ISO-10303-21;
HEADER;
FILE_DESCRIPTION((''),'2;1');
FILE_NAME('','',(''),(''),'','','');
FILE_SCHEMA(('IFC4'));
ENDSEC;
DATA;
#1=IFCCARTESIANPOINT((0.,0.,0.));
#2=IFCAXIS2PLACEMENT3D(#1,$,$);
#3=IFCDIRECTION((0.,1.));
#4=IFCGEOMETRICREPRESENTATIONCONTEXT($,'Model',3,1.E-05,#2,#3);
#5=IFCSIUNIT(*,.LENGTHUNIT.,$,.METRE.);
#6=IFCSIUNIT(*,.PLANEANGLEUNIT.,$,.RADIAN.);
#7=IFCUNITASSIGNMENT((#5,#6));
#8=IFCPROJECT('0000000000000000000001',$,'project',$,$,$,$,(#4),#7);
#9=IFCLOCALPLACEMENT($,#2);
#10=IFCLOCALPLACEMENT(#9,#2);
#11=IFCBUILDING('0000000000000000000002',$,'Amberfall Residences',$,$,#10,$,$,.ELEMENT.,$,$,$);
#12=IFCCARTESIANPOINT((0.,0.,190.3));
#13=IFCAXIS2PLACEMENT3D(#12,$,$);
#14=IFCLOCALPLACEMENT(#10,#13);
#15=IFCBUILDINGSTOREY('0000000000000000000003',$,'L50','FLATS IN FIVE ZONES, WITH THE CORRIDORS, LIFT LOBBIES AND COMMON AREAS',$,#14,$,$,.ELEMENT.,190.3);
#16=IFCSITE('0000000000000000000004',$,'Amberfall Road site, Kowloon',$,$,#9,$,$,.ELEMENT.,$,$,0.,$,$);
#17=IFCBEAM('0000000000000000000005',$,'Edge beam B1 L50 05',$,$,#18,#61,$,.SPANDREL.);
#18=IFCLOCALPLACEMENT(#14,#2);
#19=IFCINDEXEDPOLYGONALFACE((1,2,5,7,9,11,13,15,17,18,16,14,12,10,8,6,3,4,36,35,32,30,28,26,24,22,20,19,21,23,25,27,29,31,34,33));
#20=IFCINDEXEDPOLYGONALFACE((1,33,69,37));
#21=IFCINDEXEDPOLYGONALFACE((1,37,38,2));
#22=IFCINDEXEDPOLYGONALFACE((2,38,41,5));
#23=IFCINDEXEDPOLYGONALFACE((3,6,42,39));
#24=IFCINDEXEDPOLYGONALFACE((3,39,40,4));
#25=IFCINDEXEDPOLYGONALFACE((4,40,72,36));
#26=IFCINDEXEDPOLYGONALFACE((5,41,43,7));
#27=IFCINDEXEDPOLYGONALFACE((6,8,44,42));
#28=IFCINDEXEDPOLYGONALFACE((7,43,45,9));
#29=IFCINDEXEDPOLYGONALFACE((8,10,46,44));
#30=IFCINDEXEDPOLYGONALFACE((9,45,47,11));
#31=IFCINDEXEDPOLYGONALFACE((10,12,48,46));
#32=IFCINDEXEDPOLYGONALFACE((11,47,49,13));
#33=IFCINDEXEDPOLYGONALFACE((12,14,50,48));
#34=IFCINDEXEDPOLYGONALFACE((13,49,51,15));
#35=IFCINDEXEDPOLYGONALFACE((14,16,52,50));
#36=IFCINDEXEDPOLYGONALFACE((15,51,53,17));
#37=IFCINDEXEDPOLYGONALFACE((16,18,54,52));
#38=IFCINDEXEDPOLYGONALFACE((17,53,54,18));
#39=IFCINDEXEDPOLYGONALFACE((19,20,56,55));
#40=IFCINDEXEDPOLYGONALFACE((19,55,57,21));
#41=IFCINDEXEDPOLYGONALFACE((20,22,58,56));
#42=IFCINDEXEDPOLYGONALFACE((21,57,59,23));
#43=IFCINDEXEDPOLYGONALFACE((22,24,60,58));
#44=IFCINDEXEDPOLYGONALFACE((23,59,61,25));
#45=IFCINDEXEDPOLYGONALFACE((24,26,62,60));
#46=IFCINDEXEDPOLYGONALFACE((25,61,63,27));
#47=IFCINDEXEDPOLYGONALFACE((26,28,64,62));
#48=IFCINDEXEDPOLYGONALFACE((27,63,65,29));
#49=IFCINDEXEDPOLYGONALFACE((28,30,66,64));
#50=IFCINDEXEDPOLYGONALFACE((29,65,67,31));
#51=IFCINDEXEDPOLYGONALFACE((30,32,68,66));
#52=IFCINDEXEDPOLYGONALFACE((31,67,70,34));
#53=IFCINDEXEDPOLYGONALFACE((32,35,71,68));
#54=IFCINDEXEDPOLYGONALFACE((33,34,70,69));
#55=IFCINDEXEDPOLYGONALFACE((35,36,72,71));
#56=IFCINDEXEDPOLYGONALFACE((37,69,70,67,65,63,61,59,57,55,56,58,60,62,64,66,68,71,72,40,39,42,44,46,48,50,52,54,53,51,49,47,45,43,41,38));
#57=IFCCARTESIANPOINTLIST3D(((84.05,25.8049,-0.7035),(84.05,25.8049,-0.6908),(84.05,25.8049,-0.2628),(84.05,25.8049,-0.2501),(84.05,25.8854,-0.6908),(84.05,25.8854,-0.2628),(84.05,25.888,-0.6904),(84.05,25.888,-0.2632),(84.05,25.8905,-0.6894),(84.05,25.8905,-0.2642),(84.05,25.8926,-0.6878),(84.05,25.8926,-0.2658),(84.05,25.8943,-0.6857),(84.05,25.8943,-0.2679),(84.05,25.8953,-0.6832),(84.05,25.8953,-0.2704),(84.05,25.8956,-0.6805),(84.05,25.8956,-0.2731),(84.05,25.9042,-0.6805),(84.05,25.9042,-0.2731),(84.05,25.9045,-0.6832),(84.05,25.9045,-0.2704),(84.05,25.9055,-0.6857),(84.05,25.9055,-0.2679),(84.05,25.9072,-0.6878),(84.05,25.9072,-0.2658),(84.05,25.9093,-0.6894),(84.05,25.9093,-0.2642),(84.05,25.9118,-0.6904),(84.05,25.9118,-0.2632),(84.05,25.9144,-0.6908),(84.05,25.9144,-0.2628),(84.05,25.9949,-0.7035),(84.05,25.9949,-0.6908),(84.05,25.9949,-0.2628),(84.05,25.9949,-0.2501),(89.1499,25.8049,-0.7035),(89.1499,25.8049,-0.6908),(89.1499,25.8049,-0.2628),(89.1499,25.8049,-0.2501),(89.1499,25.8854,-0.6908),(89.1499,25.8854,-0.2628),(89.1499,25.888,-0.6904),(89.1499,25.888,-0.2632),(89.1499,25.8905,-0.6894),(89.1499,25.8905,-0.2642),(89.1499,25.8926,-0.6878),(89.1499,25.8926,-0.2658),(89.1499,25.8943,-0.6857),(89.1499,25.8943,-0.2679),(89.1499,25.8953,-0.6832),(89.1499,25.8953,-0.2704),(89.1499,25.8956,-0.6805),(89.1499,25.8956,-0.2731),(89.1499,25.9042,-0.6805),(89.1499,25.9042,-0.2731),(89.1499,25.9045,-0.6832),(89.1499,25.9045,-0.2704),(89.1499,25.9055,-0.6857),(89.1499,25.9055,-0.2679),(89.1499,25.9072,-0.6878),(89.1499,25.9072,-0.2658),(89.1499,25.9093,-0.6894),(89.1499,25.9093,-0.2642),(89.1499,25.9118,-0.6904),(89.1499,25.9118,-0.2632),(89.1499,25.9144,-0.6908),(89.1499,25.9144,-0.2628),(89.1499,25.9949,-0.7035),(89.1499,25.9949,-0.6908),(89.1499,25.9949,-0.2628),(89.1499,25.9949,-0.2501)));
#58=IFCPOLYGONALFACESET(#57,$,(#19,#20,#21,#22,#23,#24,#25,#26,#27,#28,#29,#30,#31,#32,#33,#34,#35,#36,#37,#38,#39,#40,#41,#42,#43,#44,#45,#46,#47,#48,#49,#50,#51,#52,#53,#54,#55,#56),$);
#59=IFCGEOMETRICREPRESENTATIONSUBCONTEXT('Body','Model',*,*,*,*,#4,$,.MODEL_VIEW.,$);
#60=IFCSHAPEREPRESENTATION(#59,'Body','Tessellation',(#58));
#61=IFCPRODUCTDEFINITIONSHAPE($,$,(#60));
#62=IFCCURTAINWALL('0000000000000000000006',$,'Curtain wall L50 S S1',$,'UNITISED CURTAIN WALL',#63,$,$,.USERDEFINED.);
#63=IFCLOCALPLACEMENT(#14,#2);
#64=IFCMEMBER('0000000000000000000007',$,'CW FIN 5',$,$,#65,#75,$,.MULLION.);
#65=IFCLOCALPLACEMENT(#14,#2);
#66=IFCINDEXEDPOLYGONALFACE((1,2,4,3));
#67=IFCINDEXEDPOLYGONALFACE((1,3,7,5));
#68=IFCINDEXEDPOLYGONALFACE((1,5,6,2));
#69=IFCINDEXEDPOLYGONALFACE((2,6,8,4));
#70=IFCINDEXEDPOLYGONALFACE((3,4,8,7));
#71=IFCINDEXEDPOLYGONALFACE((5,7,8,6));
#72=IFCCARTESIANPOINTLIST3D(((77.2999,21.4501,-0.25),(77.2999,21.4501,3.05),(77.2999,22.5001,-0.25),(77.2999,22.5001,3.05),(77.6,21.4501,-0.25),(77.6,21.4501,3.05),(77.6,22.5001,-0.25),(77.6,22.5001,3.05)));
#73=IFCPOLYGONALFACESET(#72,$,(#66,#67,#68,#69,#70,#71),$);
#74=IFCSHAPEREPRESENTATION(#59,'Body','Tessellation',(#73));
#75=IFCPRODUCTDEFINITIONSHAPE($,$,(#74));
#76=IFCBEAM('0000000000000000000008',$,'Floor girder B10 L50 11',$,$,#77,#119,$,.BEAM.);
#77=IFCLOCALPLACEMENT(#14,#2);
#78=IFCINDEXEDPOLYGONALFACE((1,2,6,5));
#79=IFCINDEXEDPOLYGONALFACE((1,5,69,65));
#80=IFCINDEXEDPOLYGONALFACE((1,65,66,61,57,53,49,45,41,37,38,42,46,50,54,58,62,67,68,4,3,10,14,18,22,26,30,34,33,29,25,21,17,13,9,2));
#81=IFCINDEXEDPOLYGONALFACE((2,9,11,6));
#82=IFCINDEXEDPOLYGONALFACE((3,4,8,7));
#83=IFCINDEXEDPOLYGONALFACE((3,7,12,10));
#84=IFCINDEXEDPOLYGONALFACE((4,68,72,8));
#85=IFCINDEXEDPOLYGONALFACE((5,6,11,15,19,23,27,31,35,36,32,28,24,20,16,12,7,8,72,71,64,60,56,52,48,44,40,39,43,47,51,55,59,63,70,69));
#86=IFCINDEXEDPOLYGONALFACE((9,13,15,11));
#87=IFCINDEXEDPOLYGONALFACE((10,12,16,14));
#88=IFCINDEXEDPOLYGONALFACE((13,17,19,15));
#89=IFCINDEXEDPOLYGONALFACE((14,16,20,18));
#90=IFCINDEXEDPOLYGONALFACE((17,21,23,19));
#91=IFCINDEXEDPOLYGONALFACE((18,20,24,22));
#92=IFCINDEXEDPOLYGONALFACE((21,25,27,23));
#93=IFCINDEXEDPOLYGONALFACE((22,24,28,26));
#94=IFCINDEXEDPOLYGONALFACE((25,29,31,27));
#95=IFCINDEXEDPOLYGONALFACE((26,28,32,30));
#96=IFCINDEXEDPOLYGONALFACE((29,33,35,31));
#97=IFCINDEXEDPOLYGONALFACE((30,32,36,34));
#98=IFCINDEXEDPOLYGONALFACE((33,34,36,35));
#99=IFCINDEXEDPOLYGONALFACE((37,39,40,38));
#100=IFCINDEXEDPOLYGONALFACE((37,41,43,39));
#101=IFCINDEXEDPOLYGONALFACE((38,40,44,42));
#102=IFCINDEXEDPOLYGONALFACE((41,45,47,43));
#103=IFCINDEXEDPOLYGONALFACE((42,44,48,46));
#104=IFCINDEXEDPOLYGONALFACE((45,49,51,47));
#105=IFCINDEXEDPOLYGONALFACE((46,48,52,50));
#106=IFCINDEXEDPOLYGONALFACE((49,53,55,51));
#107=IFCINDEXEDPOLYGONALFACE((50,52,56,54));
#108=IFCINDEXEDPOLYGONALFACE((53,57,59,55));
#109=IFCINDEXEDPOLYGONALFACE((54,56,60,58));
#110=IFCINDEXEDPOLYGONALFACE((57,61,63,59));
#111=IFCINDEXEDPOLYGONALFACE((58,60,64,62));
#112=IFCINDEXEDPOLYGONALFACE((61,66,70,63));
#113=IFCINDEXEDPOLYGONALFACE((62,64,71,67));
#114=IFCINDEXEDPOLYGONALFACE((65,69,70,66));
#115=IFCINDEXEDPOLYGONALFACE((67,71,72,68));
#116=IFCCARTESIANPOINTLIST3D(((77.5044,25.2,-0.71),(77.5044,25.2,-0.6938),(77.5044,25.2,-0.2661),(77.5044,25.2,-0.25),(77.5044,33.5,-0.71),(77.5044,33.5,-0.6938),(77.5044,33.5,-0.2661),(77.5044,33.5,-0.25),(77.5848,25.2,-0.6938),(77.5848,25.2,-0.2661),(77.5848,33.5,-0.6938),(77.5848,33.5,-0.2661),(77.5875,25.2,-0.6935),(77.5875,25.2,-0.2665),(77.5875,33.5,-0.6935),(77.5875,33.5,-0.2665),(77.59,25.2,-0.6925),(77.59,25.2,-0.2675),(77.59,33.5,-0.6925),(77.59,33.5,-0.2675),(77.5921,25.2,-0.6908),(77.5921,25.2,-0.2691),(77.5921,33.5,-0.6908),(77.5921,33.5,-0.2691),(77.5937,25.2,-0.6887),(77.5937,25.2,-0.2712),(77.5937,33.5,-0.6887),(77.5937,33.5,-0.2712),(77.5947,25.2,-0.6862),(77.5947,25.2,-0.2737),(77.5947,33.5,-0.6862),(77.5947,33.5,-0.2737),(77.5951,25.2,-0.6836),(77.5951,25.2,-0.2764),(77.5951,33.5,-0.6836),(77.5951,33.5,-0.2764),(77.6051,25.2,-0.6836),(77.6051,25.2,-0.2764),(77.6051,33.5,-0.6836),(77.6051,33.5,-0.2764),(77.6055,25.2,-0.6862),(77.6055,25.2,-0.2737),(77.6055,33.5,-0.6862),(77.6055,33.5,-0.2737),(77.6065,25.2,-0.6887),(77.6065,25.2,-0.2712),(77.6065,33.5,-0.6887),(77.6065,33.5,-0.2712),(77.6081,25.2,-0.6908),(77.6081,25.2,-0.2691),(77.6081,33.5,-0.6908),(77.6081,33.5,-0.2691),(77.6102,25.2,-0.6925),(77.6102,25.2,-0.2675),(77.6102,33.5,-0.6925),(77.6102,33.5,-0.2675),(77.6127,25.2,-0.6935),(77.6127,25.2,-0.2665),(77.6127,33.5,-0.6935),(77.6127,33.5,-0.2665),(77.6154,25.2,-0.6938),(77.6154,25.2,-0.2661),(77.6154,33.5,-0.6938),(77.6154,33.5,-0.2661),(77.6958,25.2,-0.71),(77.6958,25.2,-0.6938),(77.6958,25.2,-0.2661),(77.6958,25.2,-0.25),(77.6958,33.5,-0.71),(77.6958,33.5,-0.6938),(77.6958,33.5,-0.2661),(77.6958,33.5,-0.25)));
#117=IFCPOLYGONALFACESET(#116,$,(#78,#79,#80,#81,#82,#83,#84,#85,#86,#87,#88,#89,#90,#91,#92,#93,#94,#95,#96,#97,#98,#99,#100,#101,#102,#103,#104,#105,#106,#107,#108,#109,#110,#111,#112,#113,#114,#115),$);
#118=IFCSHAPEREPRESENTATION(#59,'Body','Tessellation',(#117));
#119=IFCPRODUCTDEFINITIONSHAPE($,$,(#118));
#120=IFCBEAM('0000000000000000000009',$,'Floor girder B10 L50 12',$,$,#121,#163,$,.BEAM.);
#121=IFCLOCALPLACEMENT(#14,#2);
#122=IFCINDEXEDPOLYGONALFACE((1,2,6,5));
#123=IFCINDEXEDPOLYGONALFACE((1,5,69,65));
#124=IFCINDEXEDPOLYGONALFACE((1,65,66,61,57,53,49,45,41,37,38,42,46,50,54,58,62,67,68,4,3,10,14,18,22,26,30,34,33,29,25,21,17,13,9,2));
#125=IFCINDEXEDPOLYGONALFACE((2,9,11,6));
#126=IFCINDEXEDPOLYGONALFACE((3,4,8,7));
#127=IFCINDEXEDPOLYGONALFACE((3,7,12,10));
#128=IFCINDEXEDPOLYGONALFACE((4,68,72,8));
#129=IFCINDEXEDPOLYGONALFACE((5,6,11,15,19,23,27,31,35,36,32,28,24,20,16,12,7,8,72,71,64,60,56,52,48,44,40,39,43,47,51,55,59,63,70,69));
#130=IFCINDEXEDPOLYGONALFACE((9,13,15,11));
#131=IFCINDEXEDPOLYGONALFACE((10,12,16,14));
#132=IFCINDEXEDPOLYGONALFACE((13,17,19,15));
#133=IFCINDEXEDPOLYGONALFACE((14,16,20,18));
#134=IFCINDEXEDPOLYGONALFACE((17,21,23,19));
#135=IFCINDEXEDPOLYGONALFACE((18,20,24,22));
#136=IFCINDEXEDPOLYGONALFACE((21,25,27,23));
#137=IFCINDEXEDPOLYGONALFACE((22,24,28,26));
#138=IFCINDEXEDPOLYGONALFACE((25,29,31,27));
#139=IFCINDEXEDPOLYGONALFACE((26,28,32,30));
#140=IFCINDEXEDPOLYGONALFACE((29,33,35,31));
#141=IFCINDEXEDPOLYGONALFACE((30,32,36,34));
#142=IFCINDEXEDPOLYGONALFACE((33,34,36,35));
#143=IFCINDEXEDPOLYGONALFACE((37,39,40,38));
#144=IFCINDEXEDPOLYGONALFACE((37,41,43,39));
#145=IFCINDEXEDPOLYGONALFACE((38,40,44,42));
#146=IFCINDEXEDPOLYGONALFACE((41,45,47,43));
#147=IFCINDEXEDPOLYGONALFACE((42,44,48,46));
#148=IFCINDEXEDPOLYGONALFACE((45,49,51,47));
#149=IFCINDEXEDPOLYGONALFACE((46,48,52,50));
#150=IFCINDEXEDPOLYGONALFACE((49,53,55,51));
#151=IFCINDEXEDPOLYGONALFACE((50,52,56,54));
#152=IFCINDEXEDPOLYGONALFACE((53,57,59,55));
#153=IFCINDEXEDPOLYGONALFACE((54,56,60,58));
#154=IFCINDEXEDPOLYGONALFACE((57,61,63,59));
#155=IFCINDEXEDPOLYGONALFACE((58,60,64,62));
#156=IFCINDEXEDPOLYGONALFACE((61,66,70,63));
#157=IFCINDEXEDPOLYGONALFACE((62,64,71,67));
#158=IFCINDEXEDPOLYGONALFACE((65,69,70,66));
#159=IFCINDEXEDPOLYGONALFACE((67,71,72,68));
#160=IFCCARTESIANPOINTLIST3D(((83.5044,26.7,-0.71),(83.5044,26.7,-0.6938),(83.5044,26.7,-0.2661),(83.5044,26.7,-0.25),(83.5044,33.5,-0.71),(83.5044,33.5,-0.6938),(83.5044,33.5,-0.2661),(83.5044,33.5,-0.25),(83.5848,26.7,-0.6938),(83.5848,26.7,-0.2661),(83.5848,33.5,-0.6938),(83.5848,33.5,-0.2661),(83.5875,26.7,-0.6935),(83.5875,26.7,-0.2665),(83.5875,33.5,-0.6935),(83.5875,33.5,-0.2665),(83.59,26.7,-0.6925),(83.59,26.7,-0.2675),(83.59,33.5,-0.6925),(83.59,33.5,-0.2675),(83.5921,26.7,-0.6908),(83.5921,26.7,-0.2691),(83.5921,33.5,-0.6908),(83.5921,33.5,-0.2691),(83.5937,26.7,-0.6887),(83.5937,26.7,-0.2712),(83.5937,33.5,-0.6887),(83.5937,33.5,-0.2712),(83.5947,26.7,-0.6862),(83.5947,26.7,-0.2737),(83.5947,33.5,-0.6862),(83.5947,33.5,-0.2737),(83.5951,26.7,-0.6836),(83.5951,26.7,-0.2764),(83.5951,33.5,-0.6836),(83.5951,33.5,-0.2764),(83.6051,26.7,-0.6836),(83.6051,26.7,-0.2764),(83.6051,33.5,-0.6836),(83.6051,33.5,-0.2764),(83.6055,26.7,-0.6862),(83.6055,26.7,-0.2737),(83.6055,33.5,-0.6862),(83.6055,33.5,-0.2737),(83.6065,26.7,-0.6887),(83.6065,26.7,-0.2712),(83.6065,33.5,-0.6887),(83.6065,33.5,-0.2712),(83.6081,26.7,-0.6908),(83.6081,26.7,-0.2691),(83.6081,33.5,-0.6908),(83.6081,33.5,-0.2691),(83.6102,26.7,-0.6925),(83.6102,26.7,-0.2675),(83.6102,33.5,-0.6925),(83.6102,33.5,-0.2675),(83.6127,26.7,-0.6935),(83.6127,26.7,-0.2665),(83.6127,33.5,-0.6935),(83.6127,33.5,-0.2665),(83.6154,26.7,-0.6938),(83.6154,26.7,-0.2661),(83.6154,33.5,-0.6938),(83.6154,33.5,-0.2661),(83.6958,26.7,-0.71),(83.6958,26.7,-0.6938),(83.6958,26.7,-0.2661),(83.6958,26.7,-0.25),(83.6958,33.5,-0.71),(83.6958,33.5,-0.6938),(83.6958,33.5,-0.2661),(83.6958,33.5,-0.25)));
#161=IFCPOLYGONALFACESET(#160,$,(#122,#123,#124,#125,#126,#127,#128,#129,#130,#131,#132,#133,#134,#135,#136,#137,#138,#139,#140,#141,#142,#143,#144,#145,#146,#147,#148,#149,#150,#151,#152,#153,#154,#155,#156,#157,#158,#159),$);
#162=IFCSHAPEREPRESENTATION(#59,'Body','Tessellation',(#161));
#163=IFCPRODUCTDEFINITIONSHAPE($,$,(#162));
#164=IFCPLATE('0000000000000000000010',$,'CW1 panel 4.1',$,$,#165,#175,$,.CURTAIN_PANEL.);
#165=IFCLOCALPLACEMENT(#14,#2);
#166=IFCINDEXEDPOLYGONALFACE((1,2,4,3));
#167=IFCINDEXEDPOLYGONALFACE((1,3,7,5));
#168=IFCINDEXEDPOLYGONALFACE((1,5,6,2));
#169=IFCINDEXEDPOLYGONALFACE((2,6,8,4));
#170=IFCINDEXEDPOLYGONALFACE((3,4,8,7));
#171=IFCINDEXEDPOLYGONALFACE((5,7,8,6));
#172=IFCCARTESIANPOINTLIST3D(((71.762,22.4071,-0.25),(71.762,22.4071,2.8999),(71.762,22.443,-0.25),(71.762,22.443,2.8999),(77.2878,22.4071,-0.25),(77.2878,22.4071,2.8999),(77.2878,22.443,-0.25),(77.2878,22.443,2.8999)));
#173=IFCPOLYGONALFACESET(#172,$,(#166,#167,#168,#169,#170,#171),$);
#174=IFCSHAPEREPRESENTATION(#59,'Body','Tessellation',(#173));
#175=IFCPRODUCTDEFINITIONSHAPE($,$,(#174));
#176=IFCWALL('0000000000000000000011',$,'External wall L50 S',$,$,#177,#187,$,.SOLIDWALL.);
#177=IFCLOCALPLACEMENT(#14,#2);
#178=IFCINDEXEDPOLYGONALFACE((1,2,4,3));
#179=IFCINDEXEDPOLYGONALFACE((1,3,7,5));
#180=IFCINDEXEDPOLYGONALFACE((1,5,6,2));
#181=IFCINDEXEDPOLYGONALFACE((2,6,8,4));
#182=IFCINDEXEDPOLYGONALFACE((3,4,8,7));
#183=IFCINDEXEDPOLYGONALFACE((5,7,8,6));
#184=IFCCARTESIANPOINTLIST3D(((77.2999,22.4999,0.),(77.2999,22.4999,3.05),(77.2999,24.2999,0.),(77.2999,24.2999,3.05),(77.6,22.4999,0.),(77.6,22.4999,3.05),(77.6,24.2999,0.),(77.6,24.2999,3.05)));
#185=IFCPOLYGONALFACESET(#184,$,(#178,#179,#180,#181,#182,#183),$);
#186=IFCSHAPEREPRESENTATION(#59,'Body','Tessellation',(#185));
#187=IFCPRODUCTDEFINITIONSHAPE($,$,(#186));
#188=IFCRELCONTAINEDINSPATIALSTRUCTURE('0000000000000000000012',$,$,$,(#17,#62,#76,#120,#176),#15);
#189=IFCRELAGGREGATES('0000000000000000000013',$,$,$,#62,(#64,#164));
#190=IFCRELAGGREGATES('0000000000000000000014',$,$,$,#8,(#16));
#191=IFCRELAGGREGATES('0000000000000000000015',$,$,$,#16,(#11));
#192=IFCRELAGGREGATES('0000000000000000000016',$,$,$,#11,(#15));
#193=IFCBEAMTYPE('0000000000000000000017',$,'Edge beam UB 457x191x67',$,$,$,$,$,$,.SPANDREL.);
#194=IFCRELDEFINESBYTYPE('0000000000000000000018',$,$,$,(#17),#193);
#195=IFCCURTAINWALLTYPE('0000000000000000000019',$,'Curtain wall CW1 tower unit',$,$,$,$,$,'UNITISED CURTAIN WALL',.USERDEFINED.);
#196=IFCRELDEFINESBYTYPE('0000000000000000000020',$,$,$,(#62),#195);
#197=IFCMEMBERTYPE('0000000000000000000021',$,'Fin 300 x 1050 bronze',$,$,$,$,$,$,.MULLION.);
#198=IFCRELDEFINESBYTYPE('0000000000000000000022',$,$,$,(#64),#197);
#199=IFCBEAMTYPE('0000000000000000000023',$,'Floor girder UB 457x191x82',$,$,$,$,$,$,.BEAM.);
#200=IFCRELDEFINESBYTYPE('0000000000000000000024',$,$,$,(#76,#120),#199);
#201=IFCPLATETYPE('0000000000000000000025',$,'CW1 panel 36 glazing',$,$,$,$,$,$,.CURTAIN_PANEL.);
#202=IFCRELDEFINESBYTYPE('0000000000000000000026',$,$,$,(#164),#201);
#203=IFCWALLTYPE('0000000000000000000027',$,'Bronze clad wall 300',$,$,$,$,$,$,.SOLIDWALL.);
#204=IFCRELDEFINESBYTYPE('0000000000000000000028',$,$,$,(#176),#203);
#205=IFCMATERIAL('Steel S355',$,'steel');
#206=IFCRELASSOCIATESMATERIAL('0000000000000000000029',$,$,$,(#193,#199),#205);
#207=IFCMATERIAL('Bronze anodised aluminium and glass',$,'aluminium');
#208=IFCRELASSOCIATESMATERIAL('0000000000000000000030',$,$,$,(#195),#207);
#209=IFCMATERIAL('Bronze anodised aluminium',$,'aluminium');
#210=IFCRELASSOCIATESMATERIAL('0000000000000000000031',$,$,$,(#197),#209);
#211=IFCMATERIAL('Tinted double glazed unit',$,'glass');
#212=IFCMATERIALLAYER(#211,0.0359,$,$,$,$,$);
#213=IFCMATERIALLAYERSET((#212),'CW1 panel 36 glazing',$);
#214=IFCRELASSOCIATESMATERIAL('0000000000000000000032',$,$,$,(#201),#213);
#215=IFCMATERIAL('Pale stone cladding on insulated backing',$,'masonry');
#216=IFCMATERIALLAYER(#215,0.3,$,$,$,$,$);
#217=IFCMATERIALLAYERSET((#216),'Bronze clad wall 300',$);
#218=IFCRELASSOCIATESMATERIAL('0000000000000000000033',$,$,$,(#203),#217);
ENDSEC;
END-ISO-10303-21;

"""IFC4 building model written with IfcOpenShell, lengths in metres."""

from ifc_helpers import new_model, si_unit, direction, frame, frame_2d, origin, origin_2d, place, context, subcontext, project, spatial, rectangle, i_section, extrude, material, layer, layer_set, material_profile, profile_set, type_object, element, aggregate, save


model = new_model("IFC4")

# Units and contexts
model_context = context("Model", 3, precision=1e-05, world=origin(), true_north=direction((0.0, 1.0)))
body_context = subcontext(model_context, "Body", "Model", "MODEL_VIEW")
ifc_project = project(units=[si_unit("LENGTHUNIT", "METRE"), si_unit("PLANEANGLEUNIT", "RADIAN")], contexts=[model_context])

# Site, building, storey
site_placement = place(None, origin())
site = spatial("IfcSite", under=ifc_project, at=site_placement, Name="Amberfall Road site, Kowloon", CompositionType="ELEMENT", RefElevation=0.0)
building_placement = place(site_placement, origin())
building = spatial("IfcBuilding", under=site, at=building_placement, Name="Amberfall Residences", CompositionType="ELEMENT")
storey_placement = place(building_placement, frame((0.0, 0.0, 190.3)))
storey = spatial("IfcBuildingStorey", under=building, at=storey_placement, Name="L50", Description="FLATS IN FIVE ZONES, WITH THE CORRIDORS, LIFT LOBBIES AND COMMON AREAS", CompositionType="ELEMENT", Elevation=190.3)

# Beam
ifc_material_1 = material(Name="Steel S355", Category="steel")
ifc_material_profile_1 = material_profile(ifc_material_1, i_section(OverallWidth=0.1899, OverallDepth=0.4534, WebThickness=0.0085, FlangeThickness=0.0127, FilletRadius=0.0103, at=origin_2d()), Name="UB 457x191x67")
ifc_profile_set_1 = profile_set([ifc_material_profile_1], Name="Steel S355")
beam_type_1 = type_object("IfcBeamType", Name="Edge beam UB 457x191x67", PredefinedType="SPANDREL", material=ifc_profile_set_1)
beam_1_placement = place(storey_placement, frame((84.05, 25.8999, -0.4768), z_axis=(1.0, 0.0, 0.0), x_axis=(0.0, 1.0, 0.0)))
element("IfcBeam", 1, at=beam_1_placement, inside=storey, type_object=beam_type_1, Name="Edge beam B1 L50 05", PredefinedType="SPANDREL", context=body_context, shape_type="SweptSolid", body=[
    extrude(i_section(OverallWidth=0.1899, OverallDepth=0.4534, WebThickness=0.0085, FlangeThickness=0.0127, FilletRadius=0.0103, at=origin_2d()), origin(), (0.0, 0.0, 1.0), 5.0999),
])

# Curtain wall, member
ifc_material_2 = material(Name="Bronze anodised aluminium and glass", Category="aluminium")
curtain_wall_type = type_object("IfcCurtainWallType", Name="Curtain wall CW1 tower unit", ElementType="UNITISED CURTAIN WALL", PredefinedType="USERDEFINED", material=ifc_material_2)
curtain_wall_placement = place(storey_placement, origin())
curtain_wall = element("IfcCurtainWall", 2, at=curtain_wall_placement, inside=storey, type_object=curtain_wall_type, Name="Curtain wall L50 S S1", ObjectType="UNITISED CURTAIN WALL", PredefinedType="USERDEFINED")
ifc_material_3 = material(Name="Bronze anodised aluminium", Category="aluminium")
ifc_material_profile_2 = material_profile(ifc_material_3, rectangle(XDim=1.05, YDim=0.3, at=origin_2d()), Name="Fin 300 x 1050 bronze")
ifc_profile_set_2 = profile_set([ifc_material_profile_2], Name="Bronze anodised aluminium")
member_type = type_object("IfcMemberType", Name="Fin 300 x 1050 bronze", PredefinedType="MULLION", material=ifc_profile_set_2)
member_placement = place(storey_placement, frame((77.45, 21.9751, -0.25), z_axis=(0.0, 0.0, 1.0), x_axis=(0.0, 1.0, 0.0)))
member = element("IfcMember", 3, at=member_placement, type_object=member_type, Name="CW FIN 5", PredefinedType="MULLION", context=body_context, shape_type="SweptSolid", body=[
    extrude(rectangle(XDim=1.05, YDim=0.3, at=origin_2d()), origin(), (0.0, 0.0, 1.0), 3.3),
])

# Beams
ifc_material_profile_3 = material_profile(ifc_material_1, i_section(OverallWidth=0.1914, OverallDepth=0.46, WebThickness=0.01, FlangeThickness=0.0161, FilletRadius=0.0103, at=origin_2d()), Name="UB 457x191x82")
ifc_profile_set_3 = profile_set([ifc_material_profile_3], Name="Steel S355")
beam_type_2 = type_object("IfcBeamType", Name="Floor girder UB 457x191x82", PredefinedType="BEAM", material=ifc_profile_set_3)
beam_2_placement = place(storey_placement, frame((77.6001, 25.2, -0.48), z_axis=(0.0, 1.0, 0.0), x_axis=(-1.0, 0.0, 0.0)))
element("IfcBeam", 4, at=beam_2_placement, inside=storey, type_object=beam_type_2, Name="Floor girder B10 L50 11", PredefinedType="BEAM", context=body_context, shape_type="SweptSolid", body=[
    extrude(i_section(OverallWidth=0.1914, OverallDepth=0.46, WebThickness=0.01, FlangeThickness=0.0161, FilletRadius=0.0103, at=origin_2d()), origin(), (0.0, 0.0, 1.0), 8.3),
])
beam_3_placement = place(storey_placement, frame((83.6001, 26.7, -0.48), z_axis=(0.0, 1.0, 0.0), x_axis=(-1.0, 0.0, 0.0)))
element("IfcBeam", 5, at=beam_3_placement, inside=storey, type_object=beam_type_2, Name="Floor girder B10 L50 12", PredefinedType="BEAM", context=body_context, shape_type="SweptSolid", body=[
    extrude(i_section(OverallWidth=0.1914, OverallDepth=0.46, WebThickness=0.01, FlangeThickness=0.0161, FilletRadius=0.0103, at=origin_2d()), origin(), (0.0, 0.0, 1.0), 6.8),
])

# Plate
ifc_material_4 = material(Name="Tinted double glazed unit", Category="glass")
ifc_layer_1 = layer(ifc_material_4, 0.0359)
ifc_layer_set_1 = layer_set([ifc_layer_1], Name="CW1 panel 36 glazing")
plate_type = type_object("IfcPlateType", Name="CW1 panel 36 glazing", PredefinedType="CURTAIN_PANEL", material=ifc_layer_set_1)
plate_placement = place(storey_placement, frame((74.5249, 22.425, -0.25), z_axis=(0.0, 0.0, 1.0), x_axis=(1.0, 0.0, 0.0)))
plate = element("IfcPlate", 6, at=plate_placement, type_object=plate_type, Name="CW1 panel 4.1", PredefinedType="CURTAIN_PANEL", context=body_context, shape_type="SweptSolid", body=[
    extrude(rectangle(XDim=5.5259, YDim=0.0359, at=origin_2d()), origin(), (0.0, 0.0, 1.0), 3.1499),
])
aggregate(curtain_wall, [member, plate])

# Wall
ifc_material_5 = material(Name="Pale stone cladding on insulated backing", Category="masonry")
ifc_layer_2 = layer(ifc_material_5, 0.3)
ifc_layer_set_2 = layer_set([ifc_layer_2], Name="Bronze clad wall 300")
wall_type_1 = type_object("IfcWallType", Name="Bronze clad wall 300", PredefinedType="SOLIDWALL", material=ifc_layer_set_2)
for number, where, z_axis, x_axis, name in (
    (7, (77.45, 22.5, 0.0), (0.0, 0.0, 1.0), (0.0, 1.0, 0.0), "External wall L50 S"),
):
    element("IfcWall", number, at=place(storey_placement, frame(where, z_axis=z_axis, x_axis=x_axis)), inside=storey, type_object=wall_type_1, Name=name, PredefinedType="SOLIDWALL", context=body_context, shape_type="SweptSolid", body=[
        extrude(rectangle(XDim=1.8, YDim=0.3, at=frame_2d((0.8999, 0.0))), origin(), (0.0, 0.0, 1.0), 3.05),
    ])

save(model, "model.ifc")
